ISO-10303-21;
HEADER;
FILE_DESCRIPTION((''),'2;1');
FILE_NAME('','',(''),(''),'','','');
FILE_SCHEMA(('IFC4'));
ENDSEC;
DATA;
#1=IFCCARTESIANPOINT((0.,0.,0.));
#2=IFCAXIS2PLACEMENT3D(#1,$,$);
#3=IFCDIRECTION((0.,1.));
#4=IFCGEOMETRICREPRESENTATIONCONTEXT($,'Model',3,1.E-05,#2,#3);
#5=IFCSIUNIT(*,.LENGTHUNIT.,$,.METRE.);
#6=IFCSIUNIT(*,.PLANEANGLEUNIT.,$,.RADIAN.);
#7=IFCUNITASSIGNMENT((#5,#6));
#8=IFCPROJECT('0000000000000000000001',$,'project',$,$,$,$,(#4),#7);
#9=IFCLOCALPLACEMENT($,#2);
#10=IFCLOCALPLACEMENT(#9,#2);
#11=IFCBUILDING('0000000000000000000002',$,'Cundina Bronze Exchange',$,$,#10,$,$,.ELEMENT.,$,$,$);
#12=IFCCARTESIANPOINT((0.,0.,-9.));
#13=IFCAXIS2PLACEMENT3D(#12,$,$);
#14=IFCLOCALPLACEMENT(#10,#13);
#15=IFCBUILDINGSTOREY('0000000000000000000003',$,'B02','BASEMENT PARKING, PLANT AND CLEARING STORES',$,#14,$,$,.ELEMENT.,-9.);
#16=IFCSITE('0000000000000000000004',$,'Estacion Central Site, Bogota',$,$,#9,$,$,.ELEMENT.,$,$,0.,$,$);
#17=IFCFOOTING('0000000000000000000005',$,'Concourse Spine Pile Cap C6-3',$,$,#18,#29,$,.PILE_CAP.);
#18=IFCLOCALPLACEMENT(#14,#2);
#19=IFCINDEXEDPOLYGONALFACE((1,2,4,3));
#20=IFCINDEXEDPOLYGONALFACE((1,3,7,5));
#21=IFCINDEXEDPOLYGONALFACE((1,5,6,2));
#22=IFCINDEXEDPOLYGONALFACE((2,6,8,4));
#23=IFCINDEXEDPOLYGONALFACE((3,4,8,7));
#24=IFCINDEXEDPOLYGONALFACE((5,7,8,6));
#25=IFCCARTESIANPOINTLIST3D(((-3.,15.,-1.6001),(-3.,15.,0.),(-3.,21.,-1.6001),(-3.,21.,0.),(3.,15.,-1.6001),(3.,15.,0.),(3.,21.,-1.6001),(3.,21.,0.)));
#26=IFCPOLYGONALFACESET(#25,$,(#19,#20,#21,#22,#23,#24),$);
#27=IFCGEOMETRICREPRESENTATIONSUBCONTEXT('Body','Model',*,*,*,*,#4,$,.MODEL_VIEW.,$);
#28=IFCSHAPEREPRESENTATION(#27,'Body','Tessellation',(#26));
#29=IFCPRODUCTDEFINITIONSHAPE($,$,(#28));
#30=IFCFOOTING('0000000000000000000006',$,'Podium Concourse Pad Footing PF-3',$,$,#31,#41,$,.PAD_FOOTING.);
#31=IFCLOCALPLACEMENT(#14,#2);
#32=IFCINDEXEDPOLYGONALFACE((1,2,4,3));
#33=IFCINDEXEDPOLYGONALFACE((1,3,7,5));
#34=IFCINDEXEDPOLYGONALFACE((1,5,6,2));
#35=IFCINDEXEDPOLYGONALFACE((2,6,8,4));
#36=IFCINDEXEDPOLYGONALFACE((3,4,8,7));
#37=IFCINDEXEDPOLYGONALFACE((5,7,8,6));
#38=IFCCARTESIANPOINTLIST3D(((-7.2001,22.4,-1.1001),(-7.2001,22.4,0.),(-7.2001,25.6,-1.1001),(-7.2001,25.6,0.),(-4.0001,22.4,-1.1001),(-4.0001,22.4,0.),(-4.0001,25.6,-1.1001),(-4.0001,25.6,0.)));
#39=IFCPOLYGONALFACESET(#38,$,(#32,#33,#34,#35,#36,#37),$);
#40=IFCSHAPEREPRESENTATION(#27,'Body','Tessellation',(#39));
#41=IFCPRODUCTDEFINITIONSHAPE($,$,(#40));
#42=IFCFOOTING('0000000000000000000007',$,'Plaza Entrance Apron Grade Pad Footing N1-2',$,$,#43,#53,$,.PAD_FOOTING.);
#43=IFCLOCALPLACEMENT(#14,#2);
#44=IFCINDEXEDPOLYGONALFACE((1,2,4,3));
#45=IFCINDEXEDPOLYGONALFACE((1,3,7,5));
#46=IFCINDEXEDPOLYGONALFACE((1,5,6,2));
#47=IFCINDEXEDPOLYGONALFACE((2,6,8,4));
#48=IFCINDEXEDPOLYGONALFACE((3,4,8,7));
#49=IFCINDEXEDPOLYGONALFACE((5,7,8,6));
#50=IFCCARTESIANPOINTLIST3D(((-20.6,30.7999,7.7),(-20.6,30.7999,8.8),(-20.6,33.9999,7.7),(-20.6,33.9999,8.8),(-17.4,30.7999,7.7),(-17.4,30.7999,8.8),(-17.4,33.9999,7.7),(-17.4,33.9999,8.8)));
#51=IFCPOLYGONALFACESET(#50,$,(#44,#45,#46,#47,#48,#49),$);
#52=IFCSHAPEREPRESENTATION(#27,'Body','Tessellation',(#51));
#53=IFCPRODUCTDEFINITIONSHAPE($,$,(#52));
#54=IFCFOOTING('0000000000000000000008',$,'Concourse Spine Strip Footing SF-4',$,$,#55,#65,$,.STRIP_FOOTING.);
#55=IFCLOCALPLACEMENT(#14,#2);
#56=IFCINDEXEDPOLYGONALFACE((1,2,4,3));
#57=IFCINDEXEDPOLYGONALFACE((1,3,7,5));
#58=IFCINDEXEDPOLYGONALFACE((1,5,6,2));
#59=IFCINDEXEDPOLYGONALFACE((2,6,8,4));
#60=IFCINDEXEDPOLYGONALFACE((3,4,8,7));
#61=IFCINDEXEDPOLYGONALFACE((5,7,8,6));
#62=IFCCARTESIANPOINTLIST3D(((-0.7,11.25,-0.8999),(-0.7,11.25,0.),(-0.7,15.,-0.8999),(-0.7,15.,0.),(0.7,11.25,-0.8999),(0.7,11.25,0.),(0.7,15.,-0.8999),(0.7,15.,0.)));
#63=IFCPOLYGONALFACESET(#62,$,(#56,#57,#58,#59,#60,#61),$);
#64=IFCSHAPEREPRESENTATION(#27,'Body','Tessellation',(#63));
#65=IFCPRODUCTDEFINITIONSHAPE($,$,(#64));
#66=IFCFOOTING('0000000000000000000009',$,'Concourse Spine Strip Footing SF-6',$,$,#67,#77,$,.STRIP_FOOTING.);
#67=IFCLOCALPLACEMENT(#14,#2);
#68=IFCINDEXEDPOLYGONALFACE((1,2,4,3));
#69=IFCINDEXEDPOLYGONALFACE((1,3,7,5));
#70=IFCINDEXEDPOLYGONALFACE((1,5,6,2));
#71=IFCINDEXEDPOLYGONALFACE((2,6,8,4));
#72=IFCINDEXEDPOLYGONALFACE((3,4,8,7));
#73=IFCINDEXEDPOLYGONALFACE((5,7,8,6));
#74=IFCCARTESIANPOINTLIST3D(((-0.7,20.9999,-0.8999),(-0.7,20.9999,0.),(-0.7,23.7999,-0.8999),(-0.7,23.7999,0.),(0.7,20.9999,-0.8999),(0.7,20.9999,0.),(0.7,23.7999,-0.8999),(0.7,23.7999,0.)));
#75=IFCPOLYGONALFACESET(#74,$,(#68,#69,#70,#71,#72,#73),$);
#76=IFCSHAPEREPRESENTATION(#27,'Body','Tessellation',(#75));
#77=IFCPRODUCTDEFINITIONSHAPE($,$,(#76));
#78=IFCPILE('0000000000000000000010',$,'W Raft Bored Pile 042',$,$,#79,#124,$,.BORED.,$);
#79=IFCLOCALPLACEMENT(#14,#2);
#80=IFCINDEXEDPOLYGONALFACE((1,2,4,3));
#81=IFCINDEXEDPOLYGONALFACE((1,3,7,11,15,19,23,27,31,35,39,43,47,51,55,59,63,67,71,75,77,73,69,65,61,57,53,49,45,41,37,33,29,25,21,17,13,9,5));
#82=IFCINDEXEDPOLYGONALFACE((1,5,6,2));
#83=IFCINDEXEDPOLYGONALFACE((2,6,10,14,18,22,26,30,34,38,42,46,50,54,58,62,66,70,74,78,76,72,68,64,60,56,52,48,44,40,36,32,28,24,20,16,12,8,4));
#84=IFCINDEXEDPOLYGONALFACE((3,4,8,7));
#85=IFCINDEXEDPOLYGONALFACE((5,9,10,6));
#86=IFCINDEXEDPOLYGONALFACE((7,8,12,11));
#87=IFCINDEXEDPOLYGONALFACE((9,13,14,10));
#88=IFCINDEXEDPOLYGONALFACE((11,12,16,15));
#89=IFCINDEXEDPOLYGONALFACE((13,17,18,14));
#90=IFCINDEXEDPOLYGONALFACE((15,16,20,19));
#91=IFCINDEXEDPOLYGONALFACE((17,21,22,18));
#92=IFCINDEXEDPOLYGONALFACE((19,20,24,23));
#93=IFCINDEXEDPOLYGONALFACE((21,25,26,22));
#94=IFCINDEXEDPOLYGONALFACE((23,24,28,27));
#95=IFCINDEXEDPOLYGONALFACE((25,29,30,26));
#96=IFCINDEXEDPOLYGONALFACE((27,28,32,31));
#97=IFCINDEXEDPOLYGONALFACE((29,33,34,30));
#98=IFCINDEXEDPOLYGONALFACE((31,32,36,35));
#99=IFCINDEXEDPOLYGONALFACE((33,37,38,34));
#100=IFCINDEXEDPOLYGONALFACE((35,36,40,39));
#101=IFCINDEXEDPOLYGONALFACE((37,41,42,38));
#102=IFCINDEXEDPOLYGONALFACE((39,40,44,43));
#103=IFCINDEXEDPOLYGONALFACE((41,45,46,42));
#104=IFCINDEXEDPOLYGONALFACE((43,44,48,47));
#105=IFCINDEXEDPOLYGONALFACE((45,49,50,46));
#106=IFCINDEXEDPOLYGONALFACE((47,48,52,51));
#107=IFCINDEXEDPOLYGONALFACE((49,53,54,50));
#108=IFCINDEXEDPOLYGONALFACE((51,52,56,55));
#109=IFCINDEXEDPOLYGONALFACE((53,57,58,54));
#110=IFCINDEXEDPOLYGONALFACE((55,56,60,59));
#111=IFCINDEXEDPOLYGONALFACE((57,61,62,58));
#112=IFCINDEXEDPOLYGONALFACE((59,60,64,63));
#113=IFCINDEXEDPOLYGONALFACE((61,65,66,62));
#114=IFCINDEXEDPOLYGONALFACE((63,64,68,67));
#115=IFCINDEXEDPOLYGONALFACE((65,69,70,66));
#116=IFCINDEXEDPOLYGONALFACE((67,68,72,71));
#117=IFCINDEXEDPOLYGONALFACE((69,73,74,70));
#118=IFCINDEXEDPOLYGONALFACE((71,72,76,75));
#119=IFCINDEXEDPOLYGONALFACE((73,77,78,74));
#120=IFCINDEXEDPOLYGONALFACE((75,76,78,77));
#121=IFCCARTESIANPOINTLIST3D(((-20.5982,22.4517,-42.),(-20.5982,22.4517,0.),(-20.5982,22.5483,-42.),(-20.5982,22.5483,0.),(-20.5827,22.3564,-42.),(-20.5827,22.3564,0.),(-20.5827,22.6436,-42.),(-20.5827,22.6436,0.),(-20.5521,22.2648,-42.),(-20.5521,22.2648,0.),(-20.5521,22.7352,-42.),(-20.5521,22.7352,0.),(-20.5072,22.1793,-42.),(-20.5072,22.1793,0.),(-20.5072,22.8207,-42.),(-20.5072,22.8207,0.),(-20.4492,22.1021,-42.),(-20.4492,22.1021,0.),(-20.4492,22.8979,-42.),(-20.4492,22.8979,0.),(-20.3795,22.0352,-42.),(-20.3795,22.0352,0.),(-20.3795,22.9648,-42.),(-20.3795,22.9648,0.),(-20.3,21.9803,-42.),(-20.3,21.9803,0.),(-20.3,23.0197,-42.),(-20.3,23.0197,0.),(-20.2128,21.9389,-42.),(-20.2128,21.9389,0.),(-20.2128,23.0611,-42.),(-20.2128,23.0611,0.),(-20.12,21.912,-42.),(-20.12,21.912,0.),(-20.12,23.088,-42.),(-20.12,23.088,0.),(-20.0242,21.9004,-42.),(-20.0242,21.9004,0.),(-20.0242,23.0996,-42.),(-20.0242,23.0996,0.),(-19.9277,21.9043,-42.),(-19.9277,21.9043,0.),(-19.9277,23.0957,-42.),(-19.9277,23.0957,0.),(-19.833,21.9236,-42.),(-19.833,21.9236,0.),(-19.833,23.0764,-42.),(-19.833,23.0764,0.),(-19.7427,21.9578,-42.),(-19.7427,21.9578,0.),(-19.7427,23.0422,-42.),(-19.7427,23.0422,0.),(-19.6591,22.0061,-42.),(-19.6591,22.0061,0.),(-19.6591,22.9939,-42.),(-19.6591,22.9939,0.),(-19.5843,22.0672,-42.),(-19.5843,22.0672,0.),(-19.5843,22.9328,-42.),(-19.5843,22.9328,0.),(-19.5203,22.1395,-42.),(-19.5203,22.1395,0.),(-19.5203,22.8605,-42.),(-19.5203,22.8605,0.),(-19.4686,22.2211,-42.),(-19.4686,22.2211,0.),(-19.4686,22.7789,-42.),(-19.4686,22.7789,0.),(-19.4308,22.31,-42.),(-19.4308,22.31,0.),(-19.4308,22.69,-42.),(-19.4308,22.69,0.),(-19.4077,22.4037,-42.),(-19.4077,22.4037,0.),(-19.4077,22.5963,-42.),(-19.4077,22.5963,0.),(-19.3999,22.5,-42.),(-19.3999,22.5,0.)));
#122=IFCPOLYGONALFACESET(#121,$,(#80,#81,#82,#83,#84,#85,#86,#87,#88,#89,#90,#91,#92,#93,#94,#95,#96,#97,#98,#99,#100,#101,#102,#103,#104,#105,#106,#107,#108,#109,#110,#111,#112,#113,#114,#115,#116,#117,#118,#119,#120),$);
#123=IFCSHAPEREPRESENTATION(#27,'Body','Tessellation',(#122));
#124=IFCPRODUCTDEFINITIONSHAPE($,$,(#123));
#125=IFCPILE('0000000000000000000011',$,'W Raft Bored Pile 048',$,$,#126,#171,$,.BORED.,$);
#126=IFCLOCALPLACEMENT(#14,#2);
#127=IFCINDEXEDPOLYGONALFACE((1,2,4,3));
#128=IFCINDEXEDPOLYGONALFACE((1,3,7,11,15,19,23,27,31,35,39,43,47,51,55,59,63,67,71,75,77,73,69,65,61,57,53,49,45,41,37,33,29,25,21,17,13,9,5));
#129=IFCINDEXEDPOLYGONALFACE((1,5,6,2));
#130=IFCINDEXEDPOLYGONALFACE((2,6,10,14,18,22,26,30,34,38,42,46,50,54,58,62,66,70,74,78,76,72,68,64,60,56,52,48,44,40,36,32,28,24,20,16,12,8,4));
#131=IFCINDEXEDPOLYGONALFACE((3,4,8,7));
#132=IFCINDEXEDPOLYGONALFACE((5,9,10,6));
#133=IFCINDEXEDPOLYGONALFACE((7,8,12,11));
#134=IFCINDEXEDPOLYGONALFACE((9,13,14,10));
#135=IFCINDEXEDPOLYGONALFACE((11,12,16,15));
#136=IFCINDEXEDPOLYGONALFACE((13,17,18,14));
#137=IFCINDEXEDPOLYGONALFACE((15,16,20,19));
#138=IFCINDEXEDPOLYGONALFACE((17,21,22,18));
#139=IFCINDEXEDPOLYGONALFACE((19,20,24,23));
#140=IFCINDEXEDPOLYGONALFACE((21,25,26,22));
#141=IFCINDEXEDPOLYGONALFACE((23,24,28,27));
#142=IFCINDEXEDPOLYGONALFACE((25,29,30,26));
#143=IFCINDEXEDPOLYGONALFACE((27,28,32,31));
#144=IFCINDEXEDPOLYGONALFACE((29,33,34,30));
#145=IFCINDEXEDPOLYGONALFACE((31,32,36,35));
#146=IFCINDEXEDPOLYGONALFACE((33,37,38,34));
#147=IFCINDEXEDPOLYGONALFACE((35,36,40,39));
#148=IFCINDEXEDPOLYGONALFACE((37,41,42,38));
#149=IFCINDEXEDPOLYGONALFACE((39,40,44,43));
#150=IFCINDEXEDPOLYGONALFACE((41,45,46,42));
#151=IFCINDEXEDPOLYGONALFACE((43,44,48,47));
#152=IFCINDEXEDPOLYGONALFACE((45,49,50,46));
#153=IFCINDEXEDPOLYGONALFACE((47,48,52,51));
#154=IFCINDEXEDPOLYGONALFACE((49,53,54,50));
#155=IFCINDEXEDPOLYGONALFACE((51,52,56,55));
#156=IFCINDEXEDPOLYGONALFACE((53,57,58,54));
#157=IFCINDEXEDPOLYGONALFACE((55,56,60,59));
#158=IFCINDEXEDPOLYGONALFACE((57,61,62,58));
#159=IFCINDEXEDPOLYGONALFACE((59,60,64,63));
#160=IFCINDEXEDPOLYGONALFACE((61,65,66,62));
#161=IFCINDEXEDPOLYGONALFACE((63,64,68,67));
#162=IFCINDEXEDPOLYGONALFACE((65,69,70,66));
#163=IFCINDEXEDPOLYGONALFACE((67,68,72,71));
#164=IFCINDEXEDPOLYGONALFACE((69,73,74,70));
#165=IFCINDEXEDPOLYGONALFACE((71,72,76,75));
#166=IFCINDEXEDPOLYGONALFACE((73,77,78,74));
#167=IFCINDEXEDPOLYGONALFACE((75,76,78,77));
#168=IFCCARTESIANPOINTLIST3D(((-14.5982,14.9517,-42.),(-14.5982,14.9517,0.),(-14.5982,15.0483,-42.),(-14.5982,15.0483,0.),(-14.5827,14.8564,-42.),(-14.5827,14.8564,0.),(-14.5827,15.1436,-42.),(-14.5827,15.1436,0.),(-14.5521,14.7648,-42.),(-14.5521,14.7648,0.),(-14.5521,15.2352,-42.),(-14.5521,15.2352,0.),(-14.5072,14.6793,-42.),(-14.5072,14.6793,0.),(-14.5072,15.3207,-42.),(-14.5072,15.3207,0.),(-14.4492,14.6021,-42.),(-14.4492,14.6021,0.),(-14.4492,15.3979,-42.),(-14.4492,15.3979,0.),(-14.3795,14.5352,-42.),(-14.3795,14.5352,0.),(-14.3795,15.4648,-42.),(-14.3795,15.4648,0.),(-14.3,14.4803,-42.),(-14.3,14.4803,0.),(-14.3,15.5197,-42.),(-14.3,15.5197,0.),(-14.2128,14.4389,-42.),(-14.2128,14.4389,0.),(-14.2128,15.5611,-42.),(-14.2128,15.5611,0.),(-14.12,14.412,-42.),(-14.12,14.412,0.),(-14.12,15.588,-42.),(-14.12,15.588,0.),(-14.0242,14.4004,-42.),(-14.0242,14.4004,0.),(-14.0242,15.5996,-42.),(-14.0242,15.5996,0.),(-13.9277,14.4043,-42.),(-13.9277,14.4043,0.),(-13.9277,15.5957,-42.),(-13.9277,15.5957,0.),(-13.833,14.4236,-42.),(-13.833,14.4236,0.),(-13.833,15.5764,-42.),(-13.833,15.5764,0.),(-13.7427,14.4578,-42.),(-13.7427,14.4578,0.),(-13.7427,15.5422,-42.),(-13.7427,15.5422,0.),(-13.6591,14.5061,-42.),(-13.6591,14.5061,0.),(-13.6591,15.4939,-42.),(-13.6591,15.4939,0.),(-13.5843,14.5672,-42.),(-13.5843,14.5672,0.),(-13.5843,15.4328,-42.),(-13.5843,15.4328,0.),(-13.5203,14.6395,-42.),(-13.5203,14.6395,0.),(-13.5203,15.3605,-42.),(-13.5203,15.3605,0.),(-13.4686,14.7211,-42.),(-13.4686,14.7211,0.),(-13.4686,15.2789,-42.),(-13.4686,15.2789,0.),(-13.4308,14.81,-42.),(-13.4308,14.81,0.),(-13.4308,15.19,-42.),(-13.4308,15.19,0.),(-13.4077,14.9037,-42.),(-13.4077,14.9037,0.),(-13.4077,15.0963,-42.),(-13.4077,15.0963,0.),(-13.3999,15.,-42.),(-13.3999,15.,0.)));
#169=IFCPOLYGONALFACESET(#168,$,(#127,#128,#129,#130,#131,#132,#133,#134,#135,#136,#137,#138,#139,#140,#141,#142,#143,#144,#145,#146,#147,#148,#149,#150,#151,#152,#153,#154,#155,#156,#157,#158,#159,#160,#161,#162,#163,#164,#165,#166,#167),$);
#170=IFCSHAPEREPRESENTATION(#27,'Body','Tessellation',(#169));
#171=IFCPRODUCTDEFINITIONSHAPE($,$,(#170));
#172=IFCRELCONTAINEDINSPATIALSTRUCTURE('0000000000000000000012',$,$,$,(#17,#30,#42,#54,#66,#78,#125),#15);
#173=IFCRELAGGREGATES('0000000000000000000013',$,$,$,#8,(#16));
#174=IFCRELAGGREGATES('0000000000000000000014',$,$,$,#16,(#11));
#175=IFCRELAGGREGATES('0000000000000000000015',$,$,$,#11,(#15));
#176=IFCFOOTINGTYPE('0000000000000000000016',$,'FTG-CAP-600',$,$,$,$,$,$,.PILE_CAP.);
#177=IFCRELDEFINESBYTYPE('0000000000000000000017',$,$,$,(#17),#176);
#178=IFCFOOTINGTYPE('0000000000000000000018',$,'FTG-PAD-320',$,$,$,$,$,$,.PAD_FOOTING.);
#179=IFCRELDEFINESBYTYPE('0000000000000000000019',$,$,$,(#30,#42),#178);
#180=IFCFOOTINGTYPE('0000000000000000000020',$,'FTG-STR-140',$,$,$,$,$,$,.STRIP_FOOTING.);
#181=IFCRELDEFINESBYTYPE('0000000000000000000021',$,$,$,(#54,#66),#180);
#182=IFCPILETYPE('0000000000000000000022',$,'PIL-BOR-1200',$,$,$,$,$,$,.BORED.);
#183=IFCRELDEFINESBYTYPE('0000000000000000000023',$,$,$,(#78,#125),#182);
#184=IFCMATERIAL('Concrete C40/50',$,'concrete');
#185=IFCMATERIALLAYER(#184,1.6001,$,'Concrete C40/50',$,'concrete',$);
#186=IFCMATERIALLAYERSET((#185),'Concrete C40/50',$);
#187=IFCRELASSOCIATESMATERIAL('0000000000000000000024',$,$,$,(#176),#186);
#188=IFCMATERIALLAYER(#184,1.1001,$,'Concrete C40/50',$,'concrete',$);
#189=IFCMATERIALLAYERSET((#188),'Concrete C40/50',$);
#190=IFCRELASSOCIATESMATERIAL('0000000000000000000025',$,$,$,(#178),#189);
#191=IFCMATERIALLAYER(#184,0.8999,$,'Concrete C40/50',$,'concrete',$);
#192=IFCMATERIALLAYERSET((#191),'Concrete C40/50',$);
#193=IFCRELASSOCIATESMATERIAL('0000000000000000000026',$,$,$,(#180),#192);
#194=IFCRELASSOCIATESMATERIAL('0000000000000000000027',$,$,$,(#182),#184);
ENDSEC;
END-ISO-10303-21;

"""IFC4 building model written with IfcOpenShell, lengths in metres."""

from ifc_helpers import new_model, si_unit, direction, frame, origin, origin_2d, place, context, subcontext, project, spatial, rectangle, circle, extrude, material, layer, layer_set, material_profile, profile_set, type_object, element, save


model = new_model("IFC4")

# Units and contexts
model_context = context("Model", 3, precision=1e-05, world=origin(), true_north=direction((0.0, 1.0)))
body_context = subcontext(model_context, "Body", "Model", "MODEL_VIEW")
ifc_project = project(units=[si_unit("LENGTHUNIT", "METRE"), si_unit("PLANEANGLEUNIT", "RADIAN")], contexts=[model_context])

# Site, building, storey
site_placement = place(None, origin())
site = spatial("IfcSite", under=ifc_project, at=site_placement, Name="Estacion Central Site, Bogota", CompositionType="ELEMENT", RefElevation=0.0)
building_placement = place(site_placement, origin())
building = spatial("IfcBuilding", under=site, at=building_placement, Name="Cundina Bronze Exchange", CompositionType="ELEMENT")
storey_placement = place(building_placement, frame((0.0, 0.0, -9.0)))
storey = spatial("IfcBuildingStorey", under=building, at=storey_placement, Name="B02", Description="BASEMENT PARKING, PLANT AND CLEARING STORES", CompositionType="ELEMENT", Elevation=-9.0)

# Footings
ifc_material_1 = material(Name="Concrete C40/50", Category="concrete")
ifc_layer_1 = layer(ifc_material_1, 1.6001, Name="Concrete C40/50", Category="concrete")
ifc_layer_set_1 = layer_set([ifc_layer_1], Name="Concrete C40/50")
footing_type_1 = type_object("IfcFootingType", Name="FTG-CAP-600", PredefinedType="PILE_CAP", material=ifc_layer_set_1)
footing_1_placement = place(storey_placement, frame((0.0, 18.0, -1.6001), z_axis=(0.0, 0.0, 1.0), x_axis=(1.0, 0.0, 0.0)))
element("IfcFooting", 1, at=footing_1_placement, inside=storey, type_object=footing_type_1, Name="Concourse Spine Pile Cap C6-3", PredefinedType="PILE_CAP", context=body_context, shape_type="SweptSolid", body=[
    extrude(rectangle(XDim=6.0, YDim=6.0, at=origin_2d()), origin(), (0.0, 0.0, 1.0), 1.6001),
])
ifc_layer_2 = layer(ifc_material_1, 1.1001, Name="Concrete C40/50", Category="concrete")
ifc_layer_set_2 = layer_set([ifc_layer_2], Name="Concrete C40/50")
footing_type_2 = type_object("IfcFootingType", Name="FTG-PAD-320", PredefinedType="PAD_FOOTING", material=ifc_layer_set_2)
for number, where, z_axis, x_axis, name in (
    (2, (-5.6001, 24.0, -1.1001), (0.0, 0.0, 1.0), (1.0, 0.0, 0.0), "Podium Concourse Pad Footing PF-3"),
    (3, (-19.0, 32.3999, 7.7), (0.0, 0.0, 1.0), (1.0, 0.0, 0.0), "Plaza Entrance Apron Grade Pad Footing N1-2"),
):
    element("IfcFooting", number, at=place(storey_placement, frame(where, z_axis=z_axis, x_axis=x_axis)), inside=storey, type_object=footing_type_2, Name=name, PredefinedType="PAD_FOOTING", context=body_context, shape_type="SweptSolid", body=[
        extrude(rectangle(XDim=3.2, YDim=3.2, at=origin_2d()), origin(), (0.0, 0.0, 1.0), 1.1001),
    ])
ifc_layer_3 = layer(ifc_material_1, 0.8999, Name="Concrete C40/50", Category="concrete")
ifc_layer_set_3 = layer_set([ifc_layer_3], Name="Concrete C40/50")
footing_type_3 = type_object("IfcFootingType", Name="FTG-STR-140", PredefinedType="STRIP_FOOTING", material=ifc_layer_set_3)
footing_2_placement = place(storey_placement, frame((0.0, 13.125, -0.8999), z_axis=(0.0, 0.0, 1.0), x_axis=(1.0, 0.0, 0.0)))
element("IfcFooting", 4, at=footing_2_placement, inside=storey, type_object=footing_type_3, Name="Concourse Spine Strip Footing SF-4", PredefinedType="STRIP_FOOTING", context=body_context, shape_type="SweptSolid", body=[
    extrude(rectangle(XDim=1.3999, YDim=3.75, at=origin_2d()), origin(), (0.0, 0.0, 1.0), 0.8999),
])
footing_3_placement = place(storey_placement, frame((0.0, 22.3999, -0.8999), z_axis=(0.0, 0.0, 1.0), x_axis=(1.0, 0.0, 0.0)))
element("IfcFooting", 5, at=footing_3_placement, inside=storey, type_object=footing_type_3, Name="Concourse Spine Strip Footing SF-6", PredefinedType="STRIP_FOOTING", context=body_context, shape_type="SweptSolid", body=[
    extrude(rectangle(XDim=1.3999, YDim=2.8, at=origin_2d()), origin(), (0.0, 0.0, 1.0), 0.8999),
])

# Piles
ifc_material_profile_1 = material_profile(ifc_material_1, circle(Radius=0.6001, at=origin_2d()), Name="PILE1200D", Category="concrete")
ifc_profile_set_1 = profile_set([ifc_material_profile_1], Name="Concrete C40/50")
pile_type_1 = type_object("IfcPileType", Name="PIL-BOR-1200", PredefinedType="BORED", material=ifc_profile_set_1)
for number, where, z_axis, x_axis, name in (
    (6, (-20.0, 22.5, 0.0), (0.0, 0.0, -1.0), (1.0, 0.0, 0.0), "W Raft Bored Pile 042"),
    (7, (-14.0, 15.0, 0.0), (0.0, 0.0, -1.0), (1.0, 0.0, 0.0), "W Raft Bored Pile 048"),
):
    element("IfcPile", number, at=place(storey_placement, frame(where, z_axis=z_axis, x_axis=x_axis)), inside=storey, type_object=pile_type_1, Name=name, PredefinedType="BORED", context=body_context, shape_type="SweptSolid", body=[
        extrude(circle(Radius=0.6001, at=origin_2d()), origin(), (0.0, 0.0, 1.0), 42.0),
    ])

save(model, "model.ifc")
